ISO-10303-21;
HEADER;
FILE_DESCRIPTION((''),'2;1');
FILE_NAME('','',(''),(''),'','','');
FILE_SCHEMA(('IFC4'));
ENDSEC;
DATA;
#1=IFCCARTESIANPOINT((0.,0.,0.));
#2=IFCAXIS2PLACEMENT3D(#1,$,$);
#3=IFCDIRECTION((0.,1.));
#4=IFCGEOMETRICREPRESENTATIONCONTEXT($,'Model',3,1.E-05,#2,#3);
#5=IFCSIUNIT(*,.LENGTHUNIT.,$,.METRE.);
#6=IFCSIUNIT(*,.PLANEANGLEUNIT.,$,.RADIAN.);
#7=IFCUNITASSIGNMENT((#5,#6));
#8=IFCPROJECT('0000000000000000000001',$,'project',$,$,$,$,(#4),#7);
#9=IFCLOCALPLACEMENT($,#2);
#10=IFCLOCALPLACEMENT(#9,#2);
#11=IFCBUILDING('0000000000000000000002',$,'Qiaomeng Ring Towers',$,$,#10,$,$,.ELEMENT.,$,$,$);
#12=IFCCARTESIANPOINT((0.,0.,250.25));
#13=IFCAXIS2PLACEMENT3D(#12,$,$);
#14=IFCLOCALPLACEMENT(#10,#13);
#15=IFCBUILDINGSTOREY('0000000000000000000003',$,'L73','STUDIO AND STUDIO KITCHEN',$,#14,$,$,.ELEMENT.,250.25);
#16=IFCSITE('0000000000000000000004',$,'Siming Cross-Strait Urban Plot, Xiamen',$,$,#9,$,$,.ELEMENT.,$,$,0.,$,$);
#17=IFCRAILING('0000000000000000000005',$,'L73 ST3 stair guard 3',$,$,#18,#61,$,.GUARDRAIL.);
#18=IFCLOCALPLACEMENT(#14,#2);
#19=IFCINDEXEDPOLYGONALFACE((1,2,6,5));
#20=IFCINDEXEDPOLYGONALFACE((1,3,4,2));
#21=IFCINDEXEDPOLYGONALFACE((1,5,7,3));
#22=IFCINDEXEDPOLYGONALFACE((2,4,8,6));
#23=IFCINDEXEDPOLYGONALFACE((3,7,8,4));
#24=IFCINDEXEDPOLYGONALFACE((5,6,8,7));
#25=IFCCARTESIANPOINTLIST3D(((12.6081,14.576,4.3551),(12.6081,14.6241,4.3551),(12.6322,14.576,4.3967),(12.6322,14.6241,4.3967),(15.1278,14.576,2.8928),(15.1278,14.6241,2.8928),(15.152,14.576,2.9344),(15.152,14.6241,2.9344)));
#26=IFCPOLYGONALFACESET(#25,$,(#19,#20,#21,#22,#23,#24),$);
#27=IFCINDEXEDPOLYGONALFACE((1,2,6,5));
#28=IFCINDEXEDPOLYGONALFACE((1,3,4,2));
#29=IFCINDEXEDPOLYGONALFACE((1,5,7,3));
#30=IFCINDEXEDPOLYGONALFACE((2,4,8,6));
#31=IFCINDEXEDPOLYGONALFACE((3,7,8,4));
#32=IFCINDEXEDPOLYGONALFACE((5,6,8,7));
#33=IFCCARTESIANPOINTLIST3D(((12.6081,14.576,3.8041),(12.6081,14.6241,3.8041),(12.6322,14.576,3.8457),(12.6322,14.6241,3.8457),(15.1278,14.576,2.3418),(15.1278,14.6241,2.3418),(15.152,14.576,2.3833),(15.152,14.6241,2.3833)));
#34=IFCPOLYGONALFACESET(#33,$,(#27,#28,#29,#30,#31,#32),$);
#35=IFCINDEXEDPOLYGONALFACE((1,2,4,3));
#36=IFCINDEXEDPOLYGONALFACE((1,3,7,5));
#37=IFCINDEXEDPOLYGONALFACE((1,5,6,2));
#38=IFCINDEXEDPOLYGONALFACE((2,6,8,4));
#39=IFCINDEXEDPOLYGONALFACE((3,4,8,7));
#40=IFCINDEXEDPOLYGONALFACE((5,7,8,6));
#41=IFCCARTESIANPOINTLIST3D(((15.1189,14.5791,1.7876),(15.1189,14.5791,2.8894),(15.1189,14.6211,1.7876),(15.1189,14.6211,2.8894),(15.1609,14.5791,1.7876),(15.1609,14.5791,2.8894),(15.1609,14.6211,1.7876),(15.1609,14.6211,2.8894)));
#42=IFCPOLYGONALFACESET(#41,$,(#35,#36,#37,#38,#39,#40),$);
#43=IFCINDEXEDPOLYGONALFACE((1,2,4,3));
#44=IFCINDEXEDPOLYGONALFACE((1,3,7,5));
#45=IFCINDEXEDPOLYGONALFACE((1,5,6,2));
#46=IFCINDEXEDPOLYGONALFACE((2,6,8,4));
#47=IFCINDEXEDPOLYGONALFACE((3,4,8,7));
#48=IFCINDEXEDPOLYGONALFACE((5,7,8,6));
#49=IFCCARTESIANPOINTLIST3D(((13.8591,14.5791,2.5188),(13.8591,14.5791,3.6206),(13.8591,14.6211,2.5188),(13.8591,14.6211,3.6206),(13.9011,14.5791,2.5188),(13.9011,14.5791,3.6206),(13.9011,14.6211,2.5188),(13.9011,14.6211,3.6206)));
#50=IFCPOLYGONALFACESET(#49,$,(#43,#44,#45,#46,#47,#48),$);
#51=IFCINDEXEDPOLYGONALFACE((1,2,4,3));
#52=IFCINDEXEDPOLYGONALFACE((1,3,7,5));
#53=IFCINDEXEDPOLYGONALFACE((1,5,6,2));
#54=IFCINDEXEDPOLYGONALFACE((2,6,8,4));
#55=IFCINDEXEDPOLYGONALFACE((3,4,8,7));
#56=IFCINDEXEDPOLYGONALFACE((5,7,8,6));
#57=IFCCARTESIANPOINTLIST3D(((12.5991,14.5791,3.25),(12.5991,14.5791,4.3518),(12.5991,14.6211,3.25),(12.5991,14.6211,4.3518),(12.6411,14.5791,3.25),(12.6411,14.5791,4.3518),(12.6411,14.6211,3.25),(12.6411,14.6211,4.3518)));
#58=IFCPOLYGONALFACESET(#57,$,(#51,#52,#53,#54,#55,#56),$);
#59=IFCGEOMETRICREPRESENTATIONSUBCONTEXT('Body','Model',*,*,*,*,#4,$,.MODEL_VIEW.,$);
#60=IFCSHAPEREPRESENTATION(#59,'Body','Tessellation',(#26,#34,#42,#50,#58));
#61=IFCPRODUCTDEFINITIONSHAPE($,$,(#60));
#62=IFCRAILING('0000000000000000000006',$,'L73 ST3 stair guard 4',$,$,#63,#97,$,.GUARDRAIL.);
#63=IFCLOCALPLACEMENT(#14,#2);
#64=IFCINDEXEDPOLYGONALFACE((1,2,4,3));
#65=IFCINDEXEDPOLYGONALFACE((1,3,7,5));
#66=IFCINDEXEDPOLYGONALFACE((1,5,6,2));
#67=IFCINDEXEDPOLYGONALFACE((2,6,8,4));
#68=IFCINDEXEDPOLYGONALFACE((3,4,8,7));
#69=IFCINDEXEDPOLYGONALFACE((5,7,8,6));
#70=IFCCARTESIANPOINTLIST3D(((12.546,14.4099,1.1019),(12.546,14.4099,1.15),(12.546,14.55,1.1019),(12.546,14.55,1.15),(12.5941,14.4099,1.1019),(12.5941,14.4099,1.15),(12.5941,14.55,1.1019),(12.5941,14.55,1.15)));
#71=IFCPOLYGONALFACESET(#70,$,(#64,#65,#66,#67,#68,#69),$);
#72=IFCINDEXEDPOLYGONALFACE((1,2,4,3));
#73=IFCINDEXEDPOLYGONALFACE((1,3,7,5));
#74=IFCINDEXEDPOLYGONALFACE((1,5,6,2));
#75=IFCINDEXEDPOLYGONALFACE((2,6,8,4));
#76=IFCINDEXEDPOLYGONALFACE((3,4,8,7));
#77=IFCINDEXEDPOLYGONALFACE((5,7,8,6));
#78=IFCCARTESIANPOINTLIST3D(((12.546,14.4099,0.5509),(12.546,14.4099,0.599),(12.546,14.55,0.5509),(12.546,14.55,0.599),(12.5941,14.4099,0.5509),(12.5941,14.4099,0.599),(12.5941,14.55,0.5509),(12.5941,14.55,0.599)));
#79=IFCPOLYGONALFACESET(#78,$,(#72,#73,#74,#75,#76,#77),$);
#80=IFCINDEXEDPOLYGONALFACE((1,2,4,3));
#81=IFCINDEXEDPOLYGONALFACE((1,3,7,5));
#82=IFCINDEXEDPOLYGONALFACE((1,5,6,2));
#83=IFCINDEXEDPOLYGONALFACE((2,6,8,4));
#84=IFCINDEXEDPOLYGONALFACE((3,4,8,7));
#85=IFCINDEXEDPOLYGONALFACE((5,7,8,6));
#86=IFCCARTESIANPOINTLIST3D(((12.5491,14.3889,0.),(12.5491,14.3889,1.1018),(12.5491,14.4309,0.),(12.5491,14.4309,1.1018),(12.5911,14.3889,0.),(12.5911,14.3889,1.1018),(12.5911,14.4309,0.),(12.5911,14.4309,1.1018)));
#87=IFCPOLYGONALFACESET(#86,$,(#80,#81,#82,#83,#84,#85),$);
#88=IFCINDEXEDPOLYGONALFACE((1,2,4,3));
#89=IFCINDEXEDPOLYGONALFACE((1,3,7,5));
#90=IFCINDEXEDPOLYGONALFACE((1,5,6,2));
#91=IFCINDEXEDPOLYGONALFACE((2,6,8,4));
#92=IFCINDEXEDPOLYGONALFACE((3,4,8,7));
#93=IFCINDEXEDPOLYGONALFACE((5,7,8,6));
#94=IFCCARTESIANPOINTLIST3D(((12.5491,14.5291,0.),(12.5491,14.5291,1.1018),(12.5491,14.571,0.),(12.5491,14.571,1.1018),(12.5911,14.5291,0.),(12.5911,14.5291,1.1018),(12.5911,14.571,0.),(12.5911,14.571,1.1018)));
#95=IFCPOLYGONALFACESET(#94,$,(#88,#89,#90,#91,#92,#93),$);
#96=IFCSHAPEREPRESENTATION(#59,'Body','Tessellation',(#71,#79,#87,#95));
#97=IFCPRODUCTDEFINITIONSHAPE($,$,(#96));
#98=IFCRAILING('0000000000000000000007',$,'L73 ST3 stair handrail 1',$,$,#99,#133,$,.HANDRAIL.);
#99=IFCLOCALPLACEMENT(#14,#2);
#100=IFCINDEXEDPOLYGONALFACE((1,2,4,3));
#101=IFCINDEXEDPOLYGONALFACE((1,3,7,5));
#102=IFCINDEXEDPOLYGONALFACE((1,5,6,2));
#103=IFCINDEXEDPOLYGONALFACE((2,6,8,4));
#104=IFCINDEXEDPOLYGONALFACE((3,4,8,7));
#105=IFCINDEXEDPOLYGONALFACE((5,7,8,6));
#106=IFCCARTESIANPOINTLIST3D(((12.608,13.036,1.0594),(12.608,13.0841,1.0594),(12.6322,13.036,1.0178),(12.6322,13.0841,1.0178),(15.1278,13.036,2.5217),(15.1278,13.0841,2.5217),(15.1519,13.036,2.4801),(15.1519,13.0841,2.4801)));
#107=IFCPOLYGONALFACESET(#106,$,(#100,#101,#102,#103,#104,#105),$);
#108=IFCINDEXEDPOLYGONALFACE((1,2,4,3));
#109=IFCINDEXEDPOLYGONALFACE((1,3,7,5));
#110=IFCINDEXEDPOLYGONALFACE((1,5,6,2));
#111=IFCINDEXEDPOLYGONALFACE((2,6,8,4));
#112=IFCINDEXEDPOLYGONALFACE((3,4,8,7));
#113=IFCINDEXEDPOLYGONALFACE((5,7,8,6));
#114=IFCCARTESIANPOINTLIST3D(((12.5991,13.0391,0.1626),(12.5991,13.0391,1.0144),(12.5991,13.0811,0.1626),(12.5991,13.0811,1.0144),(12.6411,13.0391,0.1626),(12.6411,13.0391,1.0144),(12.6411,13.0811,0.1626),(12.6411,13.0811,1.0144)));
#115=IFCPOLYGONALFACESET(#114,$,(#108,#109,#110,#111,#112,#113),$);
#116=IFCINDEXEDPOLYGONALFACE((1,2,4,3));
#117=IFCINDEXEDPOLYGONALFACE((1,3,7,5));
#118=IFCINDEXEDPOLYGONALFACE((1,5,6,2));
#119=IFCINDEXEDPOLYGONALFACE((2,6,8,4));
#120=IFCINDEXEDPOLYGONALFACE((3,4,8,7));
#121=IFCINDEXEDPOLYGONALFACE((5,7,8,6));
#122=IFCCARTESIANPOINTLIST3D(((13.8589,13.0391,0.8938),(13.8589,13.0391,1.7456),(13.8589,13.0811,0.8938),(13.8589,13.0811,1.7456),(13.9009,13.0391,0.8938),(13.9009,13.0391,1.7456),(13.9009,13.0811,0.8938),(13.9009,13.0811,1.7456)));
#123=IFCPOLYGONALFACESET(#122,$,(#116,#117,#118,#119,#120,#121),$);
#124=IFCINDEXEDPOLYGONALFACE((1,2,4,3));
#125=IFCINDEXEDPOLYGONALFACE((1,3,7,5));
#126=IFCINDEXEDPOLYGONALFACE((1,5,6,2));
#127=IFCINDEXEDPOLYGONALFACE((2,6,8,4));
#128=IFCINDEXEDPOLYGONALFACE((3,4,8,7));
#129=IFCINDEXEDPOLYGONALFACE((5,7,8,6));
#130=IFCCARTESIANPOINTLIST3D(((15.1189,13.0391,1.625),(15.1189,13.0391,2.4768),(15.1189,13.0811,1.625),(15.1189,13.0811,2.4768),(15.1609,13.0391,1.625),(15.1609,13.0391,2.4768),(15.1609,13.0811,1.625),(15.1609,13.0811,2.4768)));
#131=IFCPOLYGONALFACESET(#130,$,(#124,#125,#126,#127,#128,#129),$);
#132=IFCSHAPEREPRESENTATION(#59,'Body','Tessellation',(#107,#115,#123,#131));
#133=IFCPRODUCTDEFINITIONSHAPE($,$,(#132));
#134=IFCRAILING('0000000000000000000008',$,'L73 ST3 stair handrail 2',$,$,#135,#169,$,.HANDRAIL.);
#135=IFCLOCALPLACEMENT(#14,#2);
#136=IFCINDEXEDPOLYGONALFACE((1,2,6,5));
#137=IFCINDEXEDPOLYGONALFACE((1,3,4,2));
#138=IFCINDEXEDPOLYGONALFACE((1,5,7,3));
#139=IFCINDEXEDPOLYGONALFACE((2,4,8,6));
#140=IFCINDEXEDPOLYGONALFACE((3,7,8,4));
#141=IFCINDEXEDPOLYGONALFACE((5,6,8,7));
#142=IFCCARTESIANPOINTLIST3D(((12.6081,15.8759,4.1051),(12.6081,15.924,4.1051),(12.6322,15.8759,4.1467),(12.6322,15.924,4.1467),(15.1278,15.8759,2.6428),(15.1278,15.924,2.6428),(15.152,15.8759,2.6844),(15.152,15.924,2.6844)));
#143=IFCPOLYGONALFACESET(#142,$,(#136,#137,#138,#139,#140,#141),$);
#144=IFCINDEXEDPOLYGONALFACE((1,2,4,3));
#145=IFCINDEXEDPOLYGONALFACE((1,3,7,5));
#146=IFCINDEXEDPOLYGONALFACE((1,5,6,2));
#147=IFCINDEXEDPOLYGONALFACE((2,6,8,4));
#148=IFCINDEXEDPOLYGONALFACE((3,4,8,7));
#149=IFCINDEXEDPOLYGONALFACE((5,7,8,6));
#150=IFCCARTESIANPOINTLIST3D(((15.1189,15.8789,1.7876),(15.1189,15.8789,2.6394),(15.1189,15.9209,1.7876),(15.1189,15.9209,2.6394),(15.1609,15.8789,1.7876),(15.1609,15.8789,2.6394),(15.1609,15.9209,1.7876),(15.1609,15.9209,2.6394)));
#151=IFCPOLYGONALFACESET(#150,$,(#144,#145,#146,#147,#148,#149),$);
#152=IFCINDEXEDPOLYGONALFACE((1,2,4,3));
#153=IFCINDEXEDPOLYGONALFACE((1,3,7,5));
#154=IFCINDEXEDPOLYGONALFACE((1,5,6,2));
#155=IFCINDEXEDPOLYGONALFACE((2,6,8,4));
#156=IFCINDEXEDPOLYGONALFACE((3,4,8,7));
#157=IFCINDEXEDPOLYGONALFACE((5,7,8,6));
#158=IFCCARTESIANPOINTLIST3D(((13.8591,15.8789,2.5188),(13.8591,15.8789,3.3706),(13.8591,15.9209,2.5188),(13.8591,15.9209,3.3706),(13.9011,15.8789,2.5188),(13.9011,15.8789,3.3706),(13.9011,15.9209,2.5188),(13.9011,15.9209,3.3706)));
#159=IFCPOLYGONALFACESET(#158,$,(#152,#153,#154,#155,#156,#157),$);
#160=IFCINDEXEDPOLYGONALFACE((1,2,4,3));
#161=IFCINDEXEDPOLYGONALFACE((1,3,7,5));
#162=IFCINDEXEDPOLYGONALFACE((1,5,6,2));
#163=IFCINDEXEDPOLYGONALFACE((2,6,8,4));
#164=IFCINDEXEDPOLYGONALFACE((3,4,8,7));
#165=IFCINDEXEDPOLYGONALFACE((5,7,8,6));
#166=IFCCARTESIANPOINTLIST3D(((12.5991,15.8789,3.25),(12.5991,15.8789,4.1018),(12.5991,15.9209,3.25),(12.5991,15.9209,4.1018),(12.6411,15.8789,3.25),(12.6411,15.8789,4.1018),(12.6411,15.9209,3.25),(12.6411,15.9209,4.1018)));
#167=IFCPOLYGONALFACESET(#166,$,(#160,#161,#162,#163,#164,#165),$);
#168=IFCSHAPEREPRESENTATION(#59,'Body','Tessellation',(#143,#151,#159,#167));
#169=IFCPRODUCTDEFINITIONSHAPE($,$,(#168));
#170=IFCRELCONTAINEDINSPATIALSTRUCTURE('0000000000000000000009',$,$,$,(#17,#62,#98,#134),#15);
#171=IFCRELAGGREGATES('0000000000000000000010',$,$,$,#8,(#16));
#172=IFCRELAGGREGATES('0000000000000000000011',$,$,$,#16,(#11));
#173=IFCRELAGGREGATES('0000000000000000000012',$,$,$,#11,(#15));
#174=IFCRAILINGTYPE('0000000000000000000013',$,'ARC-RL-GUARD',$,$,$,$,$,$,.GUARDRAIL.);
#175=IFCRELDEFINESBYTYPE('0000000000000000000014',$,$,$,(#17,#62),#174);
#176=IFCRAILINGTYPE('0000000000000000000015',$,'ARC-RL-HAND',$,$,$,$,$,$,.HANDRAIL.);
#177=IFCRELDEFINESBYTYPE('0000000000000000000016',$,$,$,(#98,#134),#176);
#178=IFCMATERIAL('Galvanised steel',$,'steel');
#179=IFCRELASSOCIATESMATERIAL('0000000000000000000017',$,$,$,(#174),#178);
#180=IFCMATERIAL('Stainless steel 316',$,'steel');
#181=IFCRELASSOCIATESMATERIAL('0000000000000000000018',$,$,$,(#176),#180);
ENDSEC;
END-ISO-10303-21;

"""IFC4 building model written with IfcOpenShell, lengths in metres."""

from ifc_helpers import new_model, si_unit, direction, frame, origin, origin_2d, place, context, subcontext, project, spatial, rectangle, extrude, material, type_object, element, save


model = new_model("IFC4")

# Units and contexts
model_context = context("Model", 3, precision=1e-05, world=origin(), true_north=direction((0.0, 1.0)))
body_context = subcontext(model_context, "Body", "Model", "MODEL_VIEW")
ifc_project = project(units=[si_unit("LENGTHUNIT", "METRE"), si_unit("PLANEANGLEUNIT", "RADIAN")], contexts=[model_context])

# Site, building, storey
site_placement = place(None, origin())
site = spatial("IfcSite", under=ifc_project, at=site_placement, Name="Siming Cross-Strait Urban Plot, Xiamen", CompositionType="ELEMENT", RefElevation=0.0)
building_placement = place(site_placement, origin())
building = spatial("IfcBuilding", under=site, at=building_placement, Name="Qiaomeng Ring Towers", CompositionType="ELEMENT")
storey_placement = place(building_placement, frame((0.0, 0.0, 250.25)))
storey = spatial("IfcBuildingStorey", under=building, at=storey_placement, Name="L73", Description="STUDIO AND STUDIO KITCHEN", CompositionType="ELEMENT", Elevation=250.25)

# Railings
ifc_material_1 = material(Name="Galvanised steel", Category="steel")
railing_type_1 = type_object("IfcRailingType", Name="ARC-RL-GUARD", PredefinedType="GUARDRAIL", material=ifc_material_1)
railing_1_placement = place(storey_placement, frame((15.1399, 14.6001, 1.7876)))
element("IfcRailing", 1, at=railing_1_placement, inside=storey, type_object=railing_type_1, Name="L73 ST3 stair guard 3", PredefinedType="GUARDRAIL", context=body_context, shape_type="SweptSolid", body=[
    extrude(rectangle(XDim=0.0481, YDim=0.0481, at=origin_2d()), frame((0.0, 0.0, 1.126), z_axis=(-0.864892, 0.0, 0.501958), x_axis=(0.0, -1.0, 0.0)), (0.0, 0.0, 1.0), 2.9133),
    extrude(rectangle(XDim=0.0481, YDim=0.0481, at=origin_2d()), frame((0.0, 0.0, 0.575), z_axis=(-0.864892, 0.0, 0.501958), x_axis=(0.0, -1.0, 0.0)), (0.0, 0.0, 1.0), 2.9133),
    extrude(rectangle(XDim=0.042, YDim=0.042, at=origin_2d()), origin(), (0.0, 0.0, 1.0), 1.1018),
    extrude(rectangle(XDim=0.042, YDim=0.042, at=origin_2d()), frame((-1.2598, 0.0, 0.7312)), (0.0, 0.0, 1.0), 1.1018),
    extrude(rectangle(XDim=0.042, YDim=0.042, at=origin_2d()), frame((-2.5198, 0.0, 1.4624)), (0.0, 0.0, 1.0), 1.1018),
])
railing_2_placement = place(storey_placement, frame((12.5701, 14.4099, 0.0)))
element("IfcRailing", 2, at=railing_2_placement, inside=storey, type_object=railing_type_1, Name="L73 ST3 stair guard 4", PredefinedType="GUARDRAIL", context=body_context, shape_type="SweptSolid", body=[
    extrude(rectangle(XDim=0.0481, YDim=0.0481, at=origin_2d()), frame((0.0, 0.0, 1.126), z_axis=(0.0, 1.0, 0.0), x_axis=(-1.0, 0.0, 0.0)), (0.0, 0.0, 1.0), 0.1401),
    extrude(rectangle(XDim=0.0481, YDim=0.0481, at=origin_2d()), frame((0.0, 0.0, 0.575), z_axis=(0.0, 1.0, 0.0), x_axis=(-1.0, 0.0, 0.0)), (0.0, 0.0, 1.0), 0.1401),
    extrude(rectangle(XDim=0.042, YDim=0.042, at=origin_2d()), origin(), (0.0, 0.0, 1.0), 1.1018),
    extrude(rectangle(XDim=0.042, YDim=0.042, at=origin_2d()), frame((0.0, 0.1401, 0.0)), (0.0, 0.0, 1.0), 1.1018),
])
ifc_material_2 = material(Name="Stainless steel 316", Category="steel")
railing_type_2 = type_object("IfcRailingType", Name="ARC-RL-HAND", PredefinedType="HANDRAIL", material=ifc_material_2)
railing_3_placement = place(storey_placement, frame((12.6201, 13.0601, 0.1626)))
element("IfcRailing", 3, at=railing_3_placement, inside=storey, type_object=railing_type_2, Name="L73 ST3 stair handrail 1", PredefinedType="HANDRAIL", context=body_context, shape_type="SweptSolid", body=[
    extrude(rectangle(XDim=0.0481, YDim=0.0481, at=origin_2d()), frame((0.0, 0.0, 0.876), z_axis=(0.864892, 0.0, 0.501958), x_axis=(0.0, 1.0, 0.0)), (0.0, 0.0, 1.0), 2.9133),
    extrude(rectangle(XDim=0.042, YDim=0.042, at=origin_2d()), origin(), (0.0, 0.0, 1.0), 0.8518),
    extrude(rectangle(XDim=0.042, YDim=0.042, at=origin_2d()), frame((1.2598, 0.0, 0.7312)), (0.0, 0.0, 1.0), 0.8518),
    extrude(rectangle(XDim=0.042, YDim=0.042, at=origin_2d()), frame((2.5198, 0.0, 1.4624)), (0.0, 0.0, 1.0), 0.8518),
])
railing_4_placement = place(storey_placement, frame((15.1399, 15.8999, 1.7876)))
element("IfcRailing", 4, at=railing_4_placement, inside=storey, type_object=railing_type_2, Name="L73 ST3 stair handrail 2", PredefinedType="HANDRAIL", context=body_context, shape_type="SweptSolid", body=[
    extrude(rectangle(XDim=0.0481, YDim=0.0481, at=origin_2d()), frame((0.0, 0.0, 0.876), z_axis=(-0.864892, 0.0, 0.501958), x_axis=(0.0, -1.0, 0.0)), (0.0, 0.0, 1.0), 2.9133),
    extrude(rectangle(XDim=0.042, YDim=0.042, at=origin_2d()), origin(), (0.0, 0.0, 1.0), 0.8518),
    extrude(rectangle(XDim=0.042, YDim=0.042, at=origin_2d()), frame((-1.2598, 0.0, 0.7312)), (0.0, 0.0, 1.0), 0.8518),
    extrude(rectangle(XDim=0.042, YDim=0.042, at=origin_2d()), frame((-2.5198, 0.0, 1.4624)), (0.0, 0.0, 1.0), 0.8518),
])

save(model, "model.ifc")
